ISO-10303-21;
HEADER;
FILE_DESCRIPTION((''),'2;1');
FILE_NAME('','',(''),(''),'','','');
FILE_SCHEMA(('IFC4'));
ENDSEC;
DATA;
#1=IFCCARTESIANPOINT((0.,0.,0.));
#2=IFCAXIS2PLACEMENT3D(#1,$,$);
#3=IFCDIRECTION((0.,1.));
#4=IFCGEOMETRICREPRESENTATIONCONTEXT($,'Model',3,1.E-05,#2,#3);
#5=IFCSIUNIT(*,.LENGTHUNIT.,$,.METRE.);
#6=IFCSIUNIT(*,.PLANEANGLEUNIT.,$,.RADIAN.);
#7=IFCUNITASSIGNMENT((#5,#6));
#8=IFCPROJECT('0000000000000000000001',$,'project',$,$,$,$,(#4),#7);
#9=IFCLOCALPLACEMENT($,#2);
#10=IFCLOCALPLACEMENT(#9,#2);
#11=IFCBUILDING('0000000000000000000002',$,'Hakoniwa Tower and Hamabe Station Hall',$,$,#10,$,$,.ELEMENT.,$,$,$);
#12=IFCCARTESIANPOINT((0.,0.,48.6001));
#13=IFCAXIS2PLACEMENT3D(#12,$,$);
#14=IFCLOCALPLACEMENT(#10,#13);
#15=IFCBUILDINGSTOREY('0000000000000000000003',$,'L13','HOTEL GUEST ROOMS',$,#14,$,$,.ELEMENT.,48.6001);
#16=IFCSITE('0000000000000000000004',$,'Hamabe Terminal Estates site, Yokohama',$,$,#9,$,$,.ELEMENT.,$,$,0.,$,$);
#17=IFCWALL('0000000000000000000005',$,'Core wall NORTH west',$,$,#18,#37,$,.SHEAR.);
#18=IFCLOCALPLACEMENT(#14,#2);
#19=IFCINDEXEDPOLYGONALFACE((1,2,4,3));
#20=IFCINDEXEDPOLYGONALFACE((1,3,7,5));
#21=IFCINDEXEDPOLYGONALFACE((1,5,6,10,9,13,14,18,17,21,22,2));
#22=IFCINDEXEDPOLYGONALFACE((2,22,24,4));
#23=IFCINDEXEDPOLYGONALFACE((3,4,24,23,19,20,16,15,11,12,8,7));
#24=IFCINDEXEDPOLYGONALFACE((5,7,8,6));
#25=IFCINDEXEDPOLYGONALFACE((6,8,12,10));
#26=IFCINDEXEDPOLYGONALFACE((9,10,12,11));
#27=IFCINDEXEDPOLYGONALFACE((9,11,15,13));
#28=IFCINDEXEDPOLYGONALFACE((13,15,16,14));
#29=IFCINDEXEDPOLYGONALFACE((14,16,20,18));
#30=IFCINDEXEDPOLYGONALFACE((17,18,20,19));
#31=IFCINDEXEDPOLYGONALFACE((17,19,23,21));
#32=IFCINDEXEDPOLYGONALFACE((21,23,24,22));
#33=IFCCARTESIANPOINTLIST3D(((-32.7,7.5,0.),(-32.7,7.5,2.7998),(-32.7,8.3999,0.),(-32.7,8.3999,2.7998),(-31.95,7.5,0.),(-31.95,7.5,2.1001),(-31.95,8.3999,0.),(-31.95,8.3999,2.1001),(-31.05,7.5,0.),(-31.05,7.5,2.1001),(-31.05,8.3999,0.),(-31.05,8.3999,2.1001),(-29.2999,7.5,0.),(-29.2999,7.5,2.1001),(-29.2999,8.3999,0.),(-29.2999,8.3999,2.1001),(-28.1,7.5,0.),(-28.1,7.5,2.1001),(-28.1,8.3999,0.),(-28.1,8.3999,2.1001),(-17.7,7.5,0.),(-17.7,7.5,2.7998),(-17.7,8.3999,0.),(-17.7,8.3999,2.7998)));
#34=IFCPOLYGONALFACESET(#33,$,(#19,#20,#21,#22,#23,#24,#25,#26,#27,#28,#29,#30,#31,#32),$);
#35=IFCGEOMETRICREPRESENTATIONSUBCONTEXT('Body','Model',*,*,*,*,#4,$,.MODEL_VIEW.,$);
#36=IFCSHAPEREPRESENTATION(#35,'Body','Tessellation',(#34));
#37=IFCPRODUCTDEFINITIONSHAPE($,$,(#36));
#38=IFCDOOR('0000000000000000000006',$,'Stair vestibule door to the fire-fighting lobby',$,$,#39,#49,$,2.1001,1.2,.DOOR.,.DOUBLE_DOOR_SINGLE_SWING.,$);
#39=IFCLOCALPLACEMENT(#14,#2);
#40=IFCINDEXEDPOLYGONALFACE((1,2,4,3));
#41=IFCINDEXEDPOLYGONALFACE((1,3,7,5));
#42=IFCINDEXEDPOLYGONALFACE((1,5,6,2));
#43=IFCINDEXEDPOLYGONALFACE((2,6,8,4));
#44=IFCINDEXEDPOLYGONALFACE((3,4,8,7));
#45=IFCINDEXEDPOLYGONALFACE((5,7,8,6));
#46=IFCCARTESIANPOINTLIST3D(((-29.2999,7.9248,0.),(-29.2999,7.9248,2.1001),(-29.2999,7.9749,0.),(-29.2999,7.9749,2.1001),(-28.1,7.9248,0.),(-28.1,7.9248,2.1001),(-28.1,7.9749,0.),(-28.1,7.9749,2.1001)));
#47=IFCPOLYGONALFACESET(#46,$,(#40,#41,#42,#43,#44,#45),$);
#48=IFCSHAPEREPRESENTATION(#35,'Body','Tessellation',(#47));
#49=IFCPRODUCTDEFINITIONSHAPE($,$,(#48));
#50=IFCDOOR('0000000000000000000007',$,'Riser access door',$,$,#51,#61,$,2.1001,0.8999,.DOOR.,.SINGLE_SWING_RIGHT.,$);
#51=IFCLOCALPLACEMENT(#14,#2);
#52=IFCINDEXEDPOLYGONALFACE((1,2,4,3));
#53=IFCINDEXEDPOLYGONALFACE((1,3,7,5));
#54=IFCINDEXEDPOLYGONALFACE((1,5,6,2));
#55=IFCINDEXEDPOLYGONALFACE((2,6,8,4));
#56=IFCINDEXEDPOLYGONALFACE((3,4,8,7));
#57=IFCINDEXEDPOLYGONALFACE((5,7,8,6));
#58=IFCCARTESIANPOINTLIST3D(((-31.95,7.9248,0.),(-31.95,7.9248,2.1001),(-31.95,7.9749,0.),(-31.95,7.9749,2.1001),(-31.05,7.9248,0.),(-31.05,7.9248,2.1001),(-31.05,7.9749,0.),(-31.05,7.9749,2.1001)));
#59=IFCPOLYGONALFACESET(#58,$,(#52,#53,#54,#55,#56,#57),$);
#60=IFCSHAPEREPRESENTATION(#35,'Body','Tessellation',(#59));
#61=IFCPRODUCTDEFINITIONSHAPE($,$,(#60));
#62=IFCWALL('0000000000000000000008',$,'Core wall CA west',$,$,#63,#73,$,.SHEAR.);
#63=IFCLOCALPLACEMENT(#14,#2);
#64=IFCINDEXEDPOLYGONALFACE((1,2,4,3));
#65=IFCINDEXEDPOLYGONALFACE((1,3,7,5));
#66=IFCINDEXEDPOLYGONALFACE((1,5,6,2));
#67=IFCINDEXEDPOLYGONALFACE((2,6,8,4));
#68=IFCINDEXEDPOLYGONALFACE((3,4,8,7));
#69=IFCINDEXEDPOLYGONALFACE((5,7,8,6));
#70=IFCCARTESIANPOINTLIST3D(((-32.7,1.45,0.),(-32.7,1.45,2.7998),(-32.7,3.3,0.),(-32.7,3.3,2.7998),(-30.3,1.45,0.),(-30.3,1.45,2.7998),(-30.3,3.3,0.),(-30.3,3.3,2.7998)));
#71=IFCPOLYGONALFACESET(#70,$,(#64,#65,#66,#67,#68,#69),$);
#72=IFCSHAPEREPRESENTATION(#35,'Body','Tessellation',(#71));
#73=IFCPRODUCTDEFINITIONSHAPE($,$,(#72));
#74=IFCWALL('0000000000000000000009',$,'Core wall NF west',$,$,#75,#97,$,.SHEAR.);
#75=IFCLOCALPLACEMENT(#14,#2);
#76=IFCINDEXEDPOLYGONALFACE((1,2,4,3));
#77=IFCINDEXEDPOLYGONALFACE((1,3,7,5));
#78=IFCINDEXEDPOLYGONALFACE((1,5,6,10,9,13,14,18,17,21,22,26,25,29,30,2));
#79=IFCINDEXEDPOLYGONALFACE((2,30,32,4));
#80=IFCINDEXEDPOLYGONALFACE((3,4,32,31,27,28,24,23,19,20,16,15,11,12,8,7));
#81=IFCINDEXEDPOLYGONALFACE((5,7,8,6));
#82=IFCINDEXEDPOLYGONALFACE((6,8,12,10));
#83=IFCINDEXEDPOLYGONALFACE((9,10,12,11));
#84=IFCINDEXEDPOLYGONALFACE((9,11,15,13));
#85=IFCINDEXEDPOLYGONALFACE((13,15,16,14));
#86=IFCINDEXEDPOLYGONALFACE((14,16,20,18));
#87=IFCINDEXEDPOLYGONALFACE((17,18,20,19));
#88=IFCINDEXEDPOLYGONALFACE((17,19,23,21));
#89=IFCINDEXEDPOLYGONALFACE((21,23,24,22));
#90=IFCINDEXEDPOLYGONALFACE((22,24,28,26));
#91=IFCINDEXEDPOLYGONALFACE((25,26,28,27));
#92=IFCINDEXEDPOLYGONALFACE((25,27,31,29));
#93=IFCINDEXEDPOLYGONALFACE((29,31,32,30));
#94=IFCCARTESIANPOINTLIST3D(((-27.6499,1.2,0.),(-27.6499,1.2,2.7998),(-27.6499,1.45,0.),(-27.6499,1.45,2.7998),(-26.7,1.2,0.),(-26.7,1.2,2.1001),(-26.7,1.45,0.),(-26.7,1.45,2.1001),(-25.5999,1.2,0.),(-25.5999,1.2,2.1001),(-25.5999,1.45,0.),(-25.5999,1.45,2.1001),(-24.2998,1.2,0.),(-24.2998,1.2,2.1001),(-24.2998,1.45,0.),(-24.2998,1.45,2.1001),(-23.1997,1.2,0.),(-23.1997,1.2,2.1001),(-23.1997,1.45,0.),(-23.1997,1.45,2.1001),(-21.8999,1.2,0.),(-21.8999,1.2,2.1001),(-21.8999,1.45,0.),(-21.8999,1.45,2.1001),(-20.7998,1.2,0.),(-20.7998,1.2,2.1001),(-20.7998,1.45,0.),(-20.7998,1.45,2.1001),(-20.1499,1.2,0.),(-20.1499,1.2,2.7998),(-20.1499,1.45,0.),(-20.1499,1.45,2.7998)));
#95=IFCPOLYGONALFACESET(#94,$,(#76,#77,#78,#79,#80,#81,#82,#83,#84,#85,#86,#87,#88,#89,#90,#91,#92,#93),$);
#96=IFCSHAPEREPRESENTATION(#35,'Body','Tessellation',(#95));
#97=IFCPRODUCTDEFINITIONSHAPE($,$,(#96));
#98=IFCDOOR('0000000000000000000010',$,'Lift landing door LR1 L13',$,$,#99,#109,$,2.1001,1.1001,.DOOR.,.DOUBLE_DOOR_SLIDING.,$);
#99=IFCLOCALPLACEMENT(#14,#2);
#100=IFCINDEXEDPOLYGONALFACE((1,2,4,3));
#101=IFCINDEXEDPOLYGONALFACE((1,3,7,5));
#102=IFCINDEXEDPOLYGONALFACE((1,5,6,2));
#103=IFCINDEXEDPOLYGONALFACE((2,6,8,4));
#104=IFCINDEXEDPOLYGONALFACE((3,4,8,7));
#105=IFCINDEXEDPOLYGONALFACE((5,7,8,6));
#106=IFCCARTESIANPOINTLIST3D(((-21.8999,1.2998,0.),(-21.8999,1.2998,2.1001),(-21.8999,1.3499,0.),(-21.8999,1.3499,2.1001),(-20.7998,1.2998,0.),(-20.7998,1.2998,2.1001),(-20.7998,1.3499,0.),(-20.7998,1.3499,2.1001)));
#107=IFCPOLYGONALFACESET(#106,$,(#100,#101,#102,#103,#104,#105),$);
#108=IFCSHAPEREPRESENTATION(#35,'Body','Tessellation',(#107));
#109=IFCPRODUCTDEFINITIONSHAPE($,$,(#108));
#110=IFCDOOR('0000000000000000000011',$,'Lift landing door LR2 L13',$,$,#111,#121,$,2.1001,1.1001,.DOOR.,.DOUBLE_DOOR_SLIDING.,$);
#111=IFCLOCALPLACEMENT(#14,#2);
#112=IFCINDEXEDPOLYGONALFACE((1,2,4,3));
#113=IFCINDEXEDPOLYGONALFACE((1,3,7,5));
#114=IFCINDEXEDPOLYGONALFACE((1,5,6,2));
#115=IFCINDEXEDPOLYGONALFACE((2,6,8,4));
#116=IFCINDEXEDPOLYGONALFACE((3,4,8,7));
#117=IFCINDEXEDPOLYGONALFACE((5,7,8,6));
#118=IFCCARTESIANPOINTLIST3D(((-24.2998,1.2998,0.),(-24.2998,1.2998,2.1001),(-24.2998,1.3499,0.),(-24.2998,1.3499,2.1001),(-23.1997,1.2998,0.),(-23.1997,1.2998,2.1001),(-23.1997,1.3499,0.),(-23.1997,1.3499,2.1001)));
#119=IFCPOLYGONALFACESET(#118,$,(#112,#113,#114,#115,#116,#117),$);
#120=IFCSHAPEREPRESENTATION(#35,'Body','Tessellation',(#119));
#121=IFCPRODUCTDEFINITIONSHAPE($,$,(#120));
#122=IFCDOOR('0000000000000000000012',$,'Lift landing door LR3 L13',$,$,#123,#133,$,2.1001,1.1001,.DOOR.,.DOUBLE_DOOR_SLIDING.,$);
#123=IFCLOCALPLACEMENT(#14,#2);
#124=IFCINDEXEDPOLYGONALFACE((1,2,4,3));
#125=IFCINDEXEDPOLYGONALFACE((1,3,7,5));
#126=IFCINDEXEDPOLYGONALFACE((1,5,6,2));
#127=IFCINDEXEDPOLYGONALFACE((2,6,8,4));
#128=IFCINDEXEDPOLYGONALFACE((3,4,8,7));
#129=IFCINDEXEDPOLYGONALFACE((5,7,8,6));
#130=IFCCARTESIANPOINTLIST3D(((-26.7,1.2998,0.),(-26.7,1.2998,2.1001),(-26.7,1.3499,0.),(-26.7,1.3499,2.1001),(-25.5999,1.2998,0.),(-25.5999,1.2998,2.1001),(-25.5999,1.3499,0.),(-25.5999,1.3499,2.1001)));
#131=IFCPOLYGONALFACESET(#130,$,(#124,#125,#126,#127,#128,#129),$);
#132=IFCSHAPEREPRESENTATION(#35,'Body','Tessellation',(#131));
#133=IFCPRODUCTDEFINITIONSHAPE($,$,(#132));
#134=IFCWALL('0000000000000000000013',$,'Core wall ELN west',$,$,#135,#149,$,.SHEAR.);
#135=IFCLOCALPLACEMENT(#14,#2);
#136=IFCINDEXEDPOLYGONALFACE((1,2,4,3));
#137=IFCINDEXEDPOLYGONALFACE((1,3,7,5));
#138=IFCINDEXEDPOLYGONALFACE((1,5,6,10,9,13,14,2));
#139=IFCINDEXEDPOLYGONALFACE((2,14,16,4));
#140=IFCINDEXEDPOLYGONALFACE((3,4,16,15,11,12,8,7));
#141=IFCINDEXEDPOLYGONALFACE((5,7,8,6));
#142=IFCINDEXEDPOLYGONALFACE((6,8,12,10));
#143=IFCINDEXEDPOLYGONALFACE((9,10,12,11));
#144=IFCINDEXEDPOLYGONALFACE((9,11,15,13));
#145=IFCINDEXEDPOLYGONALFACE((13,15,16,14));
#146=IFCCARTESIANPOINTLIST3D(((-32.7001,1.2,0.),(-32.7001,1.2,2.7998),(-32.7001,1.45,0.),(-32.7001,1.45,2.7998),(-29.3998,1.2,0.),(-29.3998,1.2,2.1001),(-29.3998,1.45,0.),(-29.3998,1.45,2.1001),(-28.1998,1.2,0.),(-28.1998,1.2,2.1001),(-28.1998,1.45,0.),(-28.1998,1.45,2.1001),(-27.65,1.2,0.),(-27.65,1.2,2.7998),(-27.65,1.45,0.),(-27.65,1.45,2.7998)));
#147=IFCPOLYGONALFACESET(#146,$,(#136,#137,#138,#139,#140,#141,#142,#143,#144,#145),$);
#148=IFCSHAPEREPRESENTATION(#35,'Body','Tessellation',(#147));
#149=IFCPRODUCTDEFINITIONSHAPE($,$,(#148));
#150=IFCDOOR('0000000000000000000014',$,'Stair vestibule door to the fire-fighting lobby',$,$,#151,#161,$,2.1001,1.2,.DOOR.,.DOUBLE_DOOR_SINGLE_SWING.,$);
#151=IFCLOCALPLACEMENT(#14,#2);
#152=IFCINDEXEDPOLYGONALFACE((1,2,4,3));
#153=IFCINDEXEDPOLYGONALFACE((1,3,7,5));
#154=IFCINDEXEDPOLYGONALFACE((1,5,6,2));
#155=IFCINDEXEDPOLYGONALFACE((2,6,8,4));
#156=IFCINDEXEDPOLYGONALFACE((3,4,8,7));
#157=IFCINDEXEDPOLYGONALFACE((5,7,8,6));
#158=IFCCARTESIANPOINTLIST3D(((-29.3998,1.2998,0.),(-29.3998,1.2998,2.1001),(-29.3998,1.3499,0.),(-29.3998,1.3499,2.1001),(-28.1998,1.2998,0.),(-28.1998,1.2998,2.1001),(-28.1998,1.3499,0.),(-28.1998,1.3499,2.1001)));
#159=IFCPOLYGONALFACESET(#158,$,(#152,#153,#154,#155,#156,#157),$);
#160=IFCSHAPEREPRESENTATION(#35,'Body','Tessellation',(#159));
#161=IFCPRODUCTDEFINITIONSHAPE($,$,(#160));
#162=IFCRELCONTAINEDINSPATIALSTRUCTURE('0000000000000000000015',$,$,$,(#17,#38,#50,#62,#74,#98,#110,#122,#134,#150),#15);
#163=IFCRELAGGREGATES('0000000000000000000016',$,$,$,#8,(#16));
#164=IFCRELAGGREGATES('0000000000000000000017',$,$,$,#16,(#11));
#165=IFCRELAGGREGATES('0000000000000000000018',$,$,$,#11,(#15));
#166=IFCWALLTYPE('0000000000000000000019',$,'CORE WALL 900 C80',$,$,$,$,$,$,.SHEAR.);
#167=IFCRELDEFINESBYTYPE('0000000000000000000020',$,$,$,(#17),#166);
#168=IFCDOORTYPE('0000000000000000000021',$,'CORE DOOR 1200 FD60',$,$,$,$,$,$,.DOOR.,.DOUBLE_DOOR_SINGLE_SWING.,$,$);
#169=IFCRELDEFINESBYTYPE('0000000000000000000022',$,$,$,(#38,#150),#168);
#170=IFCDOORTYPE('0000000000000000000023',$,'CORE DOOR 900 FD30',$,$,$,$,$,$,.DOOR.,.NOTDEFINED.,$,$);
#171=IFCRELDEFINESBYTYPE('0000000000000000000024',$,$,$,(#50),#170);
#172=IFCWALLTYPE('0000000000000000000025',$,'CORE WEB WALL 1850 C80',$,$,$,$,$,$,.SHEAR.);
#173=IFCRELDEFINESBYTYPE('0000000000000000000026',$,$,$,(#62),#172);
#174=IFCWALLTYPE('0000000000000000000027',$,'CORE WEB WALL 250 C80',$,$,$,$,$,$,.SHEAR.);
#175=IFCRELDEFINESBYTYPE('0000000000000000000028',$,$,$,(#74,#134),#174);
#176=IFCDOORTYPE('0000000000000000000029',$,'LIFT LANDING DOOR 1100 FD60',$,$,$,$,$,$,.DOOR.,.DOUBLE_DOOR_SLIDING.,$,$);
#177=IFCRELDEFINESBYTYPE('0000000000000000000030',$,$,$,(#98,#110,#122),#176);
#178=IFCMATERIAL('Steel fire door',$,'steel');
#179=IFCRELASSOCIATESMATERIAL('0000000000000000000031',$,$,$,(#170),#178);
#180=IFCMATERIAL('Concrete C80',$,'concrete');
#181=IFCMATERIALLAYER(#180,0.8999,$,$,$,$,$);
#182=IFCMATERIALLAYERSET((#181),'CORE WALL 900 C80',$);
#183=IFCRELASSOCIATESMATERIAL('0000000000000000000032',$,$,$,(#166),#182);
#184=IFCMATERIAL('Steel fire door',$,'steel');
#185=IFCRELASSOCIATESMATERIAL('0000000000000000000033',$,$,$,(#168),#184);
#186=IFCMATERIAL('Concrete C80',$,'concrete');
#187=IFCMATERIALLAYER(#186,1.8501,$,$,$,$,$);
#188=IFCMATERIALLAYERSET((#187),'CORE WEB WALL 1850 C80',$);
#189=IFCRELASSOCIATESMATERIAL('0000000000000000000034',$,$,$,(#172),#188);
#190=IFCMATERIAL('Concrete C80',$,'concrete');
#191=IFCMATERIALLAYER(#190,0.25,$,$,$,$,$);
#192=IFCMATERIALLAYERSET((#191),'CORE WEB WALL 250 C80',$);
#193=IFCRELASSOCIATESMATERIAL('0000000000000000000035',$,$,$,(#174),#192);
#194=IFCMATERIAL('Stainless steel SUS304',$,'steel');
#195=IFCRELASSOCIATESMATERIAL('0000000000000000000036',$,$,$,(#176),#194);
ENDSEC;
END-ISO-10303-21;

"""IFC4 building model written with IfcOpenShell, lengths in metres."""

from ifc_helpers import new_model, si_unit, direction, frame, frame_2d, origin, place, context, subcontext, project, spatial, rectangle, extrude, material, layer, layer_set, type_object, element, fill, save


model = new_model("IFC4")

# Units and contexts
model_context = context("Model", 3, precision=1e-05, world=origin(), true_north=direction((0.0, 1.0)))
body_context = subcontext(model_context, "Body", "Model", "MODEL_VIEW")
ifc_project = project(units=[si_unit("LENGTHUNIT", "METRE"), si_unit("PLANEANGLEUNIT", "RADIAN")], contexts=[model_context])

# Site, building, storey
site_placement = place(None, origin())
site = spatial("IfcSite", under=ifc_project, at=site_placement, Name="Hamabe Terminal Estates site, Yokohama", CompositionType="ELEMENT", RefElevation=0.0)
building_placement = place(site_placement, origin())
building = spatial("IfcBuilding", under=site, at=building_placement, Name="Hakoniwa Tower and Hamabe Station Hall", CompositionType="ELEMENT")
storey_placement = place(building_placement, frame((0.0, 0.0, 48.6001)))
storey = spatial("IfcBuildingStorey", under=building, at=storey_placement, Name="L13", Description="HOTEL GUEST ROOMS", CompositionType="ELEMENT", Elevation=48.6001)

# Shared definitions
ifc_material_1 = material(Name="Steel fire door", Category="steel")
door_type_1 = type_object("IfcDoorType", Name="CORE DOOR 900 FD30", OperationType="NOTDEFINED", PredefinedType="DOOR", material=ifc_material_1)

# Wall, openings, doors
ifc_material_2 = material(Name="Concrete C80", Category="concrete")
ifc_layer_1 = layer(ifc_material_2, 0.8999)
ifc_layer_set_1 = layer_set([ifc_layer_1], Name="CORE WALL 900 C80")
wall_type_1 = type_object("IfcWallType", Name="CORE WALL 900 C80", PredefinedType="SHEAR", material=ifc_layer_set_1)
wall_1_placement = place(storey_placement, frame((-32.7, 7.95, 0.0), z_axis=(0.0, 0.0, 1.0), x_axis=(1.0, 0.0, 0.0)))
wall_1 = element("IfcWall", 1, at=wall_1_placement, inside=storey, type_object=wall_type_1, Name="Core wall NORTH west", PredefinedType="SHEAR", context=body_context, shape_type="SweptSolid", body=[
    extrude(rectangle(XDim=15.0, YDim=0.8999, at=frame_2d((7.5, 0.0))), origin(), (0.0, 0.0, 1.0), 2.7998),
])
opening_1_placement = place(wall_1_placement, frame((3.3999, 0.0, 0.0)))
opening_1 = element("IfcOpeningElement", 2, at=opening_1_placement, cuts=wall_1, PredefinedType="OPENING", context=body_context, shape_type="SweptSolid", body=[
    extrude(rectangle(XDim=1.2, YDim=2.1001, at=frame_2d((0.6001, 1.05))), frame((0.0, 0.46, 0.0), z_axis=(0.0, -1.0, 0.0), x_axis=(1.0, 0.0, 0.0)), (0.0, 0.0, 1.0), 0.9199),
])
opening_2_placement = place(wall_1_placement, frame((0.75, 0.0, 0.0)))
opening_2 = element("IfcOpeningElement", 3, at=opening_2_placement, cuts=wall_1, PredefinedType="OPENING", context=body_context, shape_type="SweptSolid", body=[
    extrude(rectangle(XDim=0.8999, YDim=2.1001, at=frame_2d((0.45, 1.05))), frame((0.0, 0.46, 0.0), z_axis=(0.0, -1.0, 0.0), x_axis=(1.0, 0.0, 0.0)), (0.0, 0.0, 1.0), 0.9199),
])
ifc_material_3 = material(Name="Steel fire door", Category="steel")
door_type_2 = type_object("IfcDoorType", Name="CORE DOOR 1200 FD60", OperationType="DOUBLE_DOOR_SINGLE_SWING", PredefinedType="DOOR", material=ifc_material_3)
door_1_placement = place(opening_1_placement, origin())
door_1 = element("IfcDoor", 4, at=door_1_placement, inside=storey, type_object=door_type_2, Name="Stair vestibule door to the fire-fighting lobby", OperationType="DOUBLE_DOOR_SINGLE_SWING", OverallHeight=2.1001, OverallWidth=1.2, PredefinedType="DOOR", context=body_context, shape_type="SweptSolid", body=[
    extrude(rectangle(XDim=1.2, YDim=2.1001, at=frame_2d((0.6001, 1.05))), frame((0.0, 0.0249, 0.0), z_axis=(0.0, -1.0, 0.0), x_axis=(1.0, 0.0, 0.0)), (0.0, 0.0, 1.0), 0.05),
])
fill(opening_1, door_1)
door_2_placement = place(opening_2_placement, origin())
door_2 = element("IfcDoor", 5, at=door_2_placement, inside=storey, type_object=door_type_1, Name="Riser access door", OperationType="SINGLE_SWING_RIGHT", OverallHeight=2.1001, OverallWidth=0.8999, PredefinedType="DOOR", context=body_context, shape_type="SweptSolid", body=[
    extrude(rectangle(XDim=0.8999, YDim=2.1001, at=frame_2d((0.45, 1.05))), frame((0.0, 0.0249, 0.0), z_axis=(0.0, -1.0, 0.0), x_axis=(1.0, 0.0, 0.0)), (0.0, 0.0, 1.0), 0.05),
])
fill(opening_2, door_2)

# Wall
ifc_material_4 = material(Name="Concrete C80", Category="concrete")
ifc_layer_2 = layer(ifc_material_4, 1.8501)
ifc_layer_set_2 = layer_set([ifc_layer_2], Name="CORE WEB WALL 1850 C80")
wall_type_2 = type_object("IfcWallType", Name="CORE WEB WALL 1850 C80", PredefinedType="SHEAR", material=ifc_layer_set_2)
wall_2_placement = place(storey_placement, frame((-32.7, 2.375, 0.0), z_axis=(0.0, 0.0, 1.0), x_axis=(1.0, 0.0, 0.0)))
element("IfcWall", 6, at=wall_2_placement, inside=storey, type_object=wall_type_2, Name="Core wall CA west", PredefinedType="SHEAR", context=body_context, shape_type="SweptSolid", body=[
    extrude(rectangle(XDim=2.3999, YDim=1.8501, at=frame_2d((1.2, 0.0))), origin(), (0.0, 0.0, 1.0), 2.7998),
])

# Wall, openings, doors
ifc_material_5 = material(Name="Concrete C80", Category="concrete")
ifc_layer_3 = layer(ifc_material_5, 0.25)
ifc_layer_set_3 = layer_set([ifc_layer_3], Name="CORE WEB WALL 250 C80")
wall_type_3 = type_object("IfcWallType", Name="CORE WEB WALL 250 C80", PredefinedType="SHEAR", material=ifc_layer_set_3)
wall_3_placement = place(storey_placement, frame((-27.6499, 1.325, 0.0), z_axis=(0.0, 0.0, 1.0), x_axis=(1.0, 0.0, 0.0)))
wall_3 = element("IfcWall", 7, at=wall_3_placement, inside=storey, type_object=wall_type_3, Name="Core wall NF west", PredefinedType="SHEAR", context=body_context, shape_type="SweptSolid", body=[
    extrude(rectangle(XDim=7.5, YDim=0.25, at=frame_2d((3.75, 0.0))), origin(), (0.0, 0.0, 1.0), 2.7998),
])
opening_3_placement = place(wall_3_placement, frame((5.75, 0.0, 0.0)))
opening_3 = element("IfcOpeningElement", 8, at=opening_3_placement, cuts=wall_3, PredefinedType="OPENING", context=body_context, shape_type="SweptSolid", body=[
    extrude(rectangle(XDim=1.1001, YDim=2.1001, at=frame_2d((0.55, 1.05))), frame((0.0, 0.135, 0.0), z_axis=(0.0, -1.0, 0.0), x_axis=(1.0, 0.0, 0.0)), (0.0, 0.0, 1.0), 0.27),
])
opening_4_placement = place(wall_3_placement, frame((3.3501, 0.0, 0.0)))
opening_4 = element("IfcOpeningElement", 9, at=opening_4_placement, cuts=wall_3, PredefinedType="OPENING", context=body_context, shape_type="SweptSolid", body=[
    extrude(rectangle(XDim=1.1001, YDim=2.1001, at=frame_2d((0.55, 1.05))), frame((0.0, 0.135, 0.0), z_axis=(0.0, -1.0, 0.0), x_axis=(1.0, 0.0, 0.0)), (0.0, 0.0, 1.0), 0.27),
])
opening_5_placement = place(wall_3_placement, frame((0.95, 0.0, 0.0)))
opening_5 = element("IfcOpeningElement", 10, at=opening_5_placement, cuts=wall_3, PredefinedType="OPENING", context=body_context, shape_type="SweptSolid", body=[
    extrude(rectangle(XDim=1.1001, YDim=2.1001, at=frame_2d((0.55, 1.05))), frame((0.0, 0.135, 0.0), z_axis=(0.0, -1.0, 0.0), x_axis=(1.0, 0.0, 0.0)), (0.0, 0.0, 1.0), 0.27),
])
ifc_material_6 = material(Name="Stainless steel SUS304", Category="steel")
door_type_3 = type_object("IfcDoorType", Name="LIFT LANDING DOOR 1100 FD60", OperationType="DOUBLE_DOOR_SLIDING", PredefinedType="DOOR", material=ifc_material_6)
door_3_placement = place(opening_3_placement, origin())
door_3 = element("IfcDoor", 11, at=door_3_placement, inside=storey, type_object=door_type_3, Name="Lift landing door LR1 L13", OperationType="DOUBLE_DOOR_SLIDING", OverallHeight=2.1001, OverallWidth=1.1001, PredefinedType="DOOR", context=body_context, shape_type="SweptSolid", body=[
    extrude(rectangle(XDim=1.1001, YDim=2.1001, at=frame_2d((0.55, 1.05))), frame((0.0, 0.0249, 0.0), z_axis=(0.0, -1.0, 0.0), x_axis=(1.0, 0.0, 0.0)), (0.0, 0.0, 1.0), 0.05),
])
fill(opening_3, door_3)
door_4_placement = place(opening_4_placement, origin())
door_4 = element("IfcDoor", 12, at=door_4_placement, inside=storey, type_object=door_type_3, Name="Lift landing door LR2 L13", OperationType="DOUBLE_DOOR_SLIDING", OverallHeight=2.1001, OverallWidth=1.1001, PredefinedType="DOOR", context=body_context, shape_type="SweptSolid", body=[
    extrude(rectangle(XDim=1.1001, YDim=2.1001, at=frame_2d((0.55, 1.05))), frame((0.0, 0.0249, 0.0), z_axis=(0.0, -1.0, 0.0), x_axis=(1.0, 0.0, 0.0)), (0.0, 0.0, 1.0), 0.05),
])
fill(opening_4, door_4)
door_5_placement = place(opening_5_placement, origin())
door_5 = element("IfcDoor", 13, at=door_5_placement, inside=storey, type_object=door_type_3, Name="Lift landing door LR3 L13", OperationType="DOUBLE_DOOR_SLIDING", OverallHeight=2.1001, OverallWidth=1.1001, PredefinedType="DOOR", context=body_context, shape_type="SweptSolid", body=[
    extrude(rectangle(XDim=1.1001, YDim=2.1001, at=frame_2d((0.55, 1.05))), frame((0.0, 0.0249, 0.0), z_axis=(0.0, -1.0, 0.0), x_axis=(1.0, 0.0, 0.0)), (0.0, 0.0, 1.0), 0.05),
])
fill(opening_5, door_5)

# Wall, opening, door
wall_4_placement = place(storey_placement, frame((-32.7, 1.325, 0.0), z_axis=(0.0, 0.0, 1.0), x_axis=(1.0, 0.0, 0.0)))
wall_4 = element("IfcWall", 14, at=wall_4_placement, inside=storey, type_object=wall_type_3, Name="Core wall ELN west", PredefinedType="SHEAR", context=body_context, shape_type="SweptSolid", body=[
    extrude(rectangle(XDim=5.05, YDim=0.25, at=frame_2d((2.5249, 0.0))), origin(), (0.0, 0.0, 1.0), 2.7998),
])
opening_6_placement = place(wall_4_placement, frame((3.3, 0.0, 0.0)))
opening_6 = element("IfcOpeningElement", 15, at=opening_6_placement, cuts=wall_4, PredefinedType="OPENING", context=body_context, shape_type="SweptSolid", body=[
    extrude(rectangle(XDim=1.2, YDim=2.1001, at=frame_2d((0.6001, 1.05))), frame((0.0, 0.135, 0.0), z_axis=(0.0, -1.0, 0.0), x_axis=(1.0, 0.0, 0.0)), (0.0, 0.0, 1.0), 0.27),
])
door_6_placement = place(opening_6_placement, origin())
door_6 = element("IfcDoor", 16, at=door_6_placement, inside=storey, type_object=door_type_2, Name="Stair vestibule door to the fire-fighting lobby", OperationType="DOUBLE_DOOR_SINGLE_SWING", OverallHeight=2.1001, OverallWidth=1.2, PredefinedType="DOOR", context=body_context, shape_type="SweptSolid", body=[
    extrude(rectangle(XDim=1.2, YDim=2.1001, at=frame_2d((0.6001, 1.05))), frame((0.0, 0.0249, 0.0), z_axis=(0.0, -1.0, 0.0), x_axis=(1.0, 0.0, 0.0)), (0.0, 0.0, 1.0), 0.05),
])
fill(opening_6, door_6)

save(model, "model.ifc")
